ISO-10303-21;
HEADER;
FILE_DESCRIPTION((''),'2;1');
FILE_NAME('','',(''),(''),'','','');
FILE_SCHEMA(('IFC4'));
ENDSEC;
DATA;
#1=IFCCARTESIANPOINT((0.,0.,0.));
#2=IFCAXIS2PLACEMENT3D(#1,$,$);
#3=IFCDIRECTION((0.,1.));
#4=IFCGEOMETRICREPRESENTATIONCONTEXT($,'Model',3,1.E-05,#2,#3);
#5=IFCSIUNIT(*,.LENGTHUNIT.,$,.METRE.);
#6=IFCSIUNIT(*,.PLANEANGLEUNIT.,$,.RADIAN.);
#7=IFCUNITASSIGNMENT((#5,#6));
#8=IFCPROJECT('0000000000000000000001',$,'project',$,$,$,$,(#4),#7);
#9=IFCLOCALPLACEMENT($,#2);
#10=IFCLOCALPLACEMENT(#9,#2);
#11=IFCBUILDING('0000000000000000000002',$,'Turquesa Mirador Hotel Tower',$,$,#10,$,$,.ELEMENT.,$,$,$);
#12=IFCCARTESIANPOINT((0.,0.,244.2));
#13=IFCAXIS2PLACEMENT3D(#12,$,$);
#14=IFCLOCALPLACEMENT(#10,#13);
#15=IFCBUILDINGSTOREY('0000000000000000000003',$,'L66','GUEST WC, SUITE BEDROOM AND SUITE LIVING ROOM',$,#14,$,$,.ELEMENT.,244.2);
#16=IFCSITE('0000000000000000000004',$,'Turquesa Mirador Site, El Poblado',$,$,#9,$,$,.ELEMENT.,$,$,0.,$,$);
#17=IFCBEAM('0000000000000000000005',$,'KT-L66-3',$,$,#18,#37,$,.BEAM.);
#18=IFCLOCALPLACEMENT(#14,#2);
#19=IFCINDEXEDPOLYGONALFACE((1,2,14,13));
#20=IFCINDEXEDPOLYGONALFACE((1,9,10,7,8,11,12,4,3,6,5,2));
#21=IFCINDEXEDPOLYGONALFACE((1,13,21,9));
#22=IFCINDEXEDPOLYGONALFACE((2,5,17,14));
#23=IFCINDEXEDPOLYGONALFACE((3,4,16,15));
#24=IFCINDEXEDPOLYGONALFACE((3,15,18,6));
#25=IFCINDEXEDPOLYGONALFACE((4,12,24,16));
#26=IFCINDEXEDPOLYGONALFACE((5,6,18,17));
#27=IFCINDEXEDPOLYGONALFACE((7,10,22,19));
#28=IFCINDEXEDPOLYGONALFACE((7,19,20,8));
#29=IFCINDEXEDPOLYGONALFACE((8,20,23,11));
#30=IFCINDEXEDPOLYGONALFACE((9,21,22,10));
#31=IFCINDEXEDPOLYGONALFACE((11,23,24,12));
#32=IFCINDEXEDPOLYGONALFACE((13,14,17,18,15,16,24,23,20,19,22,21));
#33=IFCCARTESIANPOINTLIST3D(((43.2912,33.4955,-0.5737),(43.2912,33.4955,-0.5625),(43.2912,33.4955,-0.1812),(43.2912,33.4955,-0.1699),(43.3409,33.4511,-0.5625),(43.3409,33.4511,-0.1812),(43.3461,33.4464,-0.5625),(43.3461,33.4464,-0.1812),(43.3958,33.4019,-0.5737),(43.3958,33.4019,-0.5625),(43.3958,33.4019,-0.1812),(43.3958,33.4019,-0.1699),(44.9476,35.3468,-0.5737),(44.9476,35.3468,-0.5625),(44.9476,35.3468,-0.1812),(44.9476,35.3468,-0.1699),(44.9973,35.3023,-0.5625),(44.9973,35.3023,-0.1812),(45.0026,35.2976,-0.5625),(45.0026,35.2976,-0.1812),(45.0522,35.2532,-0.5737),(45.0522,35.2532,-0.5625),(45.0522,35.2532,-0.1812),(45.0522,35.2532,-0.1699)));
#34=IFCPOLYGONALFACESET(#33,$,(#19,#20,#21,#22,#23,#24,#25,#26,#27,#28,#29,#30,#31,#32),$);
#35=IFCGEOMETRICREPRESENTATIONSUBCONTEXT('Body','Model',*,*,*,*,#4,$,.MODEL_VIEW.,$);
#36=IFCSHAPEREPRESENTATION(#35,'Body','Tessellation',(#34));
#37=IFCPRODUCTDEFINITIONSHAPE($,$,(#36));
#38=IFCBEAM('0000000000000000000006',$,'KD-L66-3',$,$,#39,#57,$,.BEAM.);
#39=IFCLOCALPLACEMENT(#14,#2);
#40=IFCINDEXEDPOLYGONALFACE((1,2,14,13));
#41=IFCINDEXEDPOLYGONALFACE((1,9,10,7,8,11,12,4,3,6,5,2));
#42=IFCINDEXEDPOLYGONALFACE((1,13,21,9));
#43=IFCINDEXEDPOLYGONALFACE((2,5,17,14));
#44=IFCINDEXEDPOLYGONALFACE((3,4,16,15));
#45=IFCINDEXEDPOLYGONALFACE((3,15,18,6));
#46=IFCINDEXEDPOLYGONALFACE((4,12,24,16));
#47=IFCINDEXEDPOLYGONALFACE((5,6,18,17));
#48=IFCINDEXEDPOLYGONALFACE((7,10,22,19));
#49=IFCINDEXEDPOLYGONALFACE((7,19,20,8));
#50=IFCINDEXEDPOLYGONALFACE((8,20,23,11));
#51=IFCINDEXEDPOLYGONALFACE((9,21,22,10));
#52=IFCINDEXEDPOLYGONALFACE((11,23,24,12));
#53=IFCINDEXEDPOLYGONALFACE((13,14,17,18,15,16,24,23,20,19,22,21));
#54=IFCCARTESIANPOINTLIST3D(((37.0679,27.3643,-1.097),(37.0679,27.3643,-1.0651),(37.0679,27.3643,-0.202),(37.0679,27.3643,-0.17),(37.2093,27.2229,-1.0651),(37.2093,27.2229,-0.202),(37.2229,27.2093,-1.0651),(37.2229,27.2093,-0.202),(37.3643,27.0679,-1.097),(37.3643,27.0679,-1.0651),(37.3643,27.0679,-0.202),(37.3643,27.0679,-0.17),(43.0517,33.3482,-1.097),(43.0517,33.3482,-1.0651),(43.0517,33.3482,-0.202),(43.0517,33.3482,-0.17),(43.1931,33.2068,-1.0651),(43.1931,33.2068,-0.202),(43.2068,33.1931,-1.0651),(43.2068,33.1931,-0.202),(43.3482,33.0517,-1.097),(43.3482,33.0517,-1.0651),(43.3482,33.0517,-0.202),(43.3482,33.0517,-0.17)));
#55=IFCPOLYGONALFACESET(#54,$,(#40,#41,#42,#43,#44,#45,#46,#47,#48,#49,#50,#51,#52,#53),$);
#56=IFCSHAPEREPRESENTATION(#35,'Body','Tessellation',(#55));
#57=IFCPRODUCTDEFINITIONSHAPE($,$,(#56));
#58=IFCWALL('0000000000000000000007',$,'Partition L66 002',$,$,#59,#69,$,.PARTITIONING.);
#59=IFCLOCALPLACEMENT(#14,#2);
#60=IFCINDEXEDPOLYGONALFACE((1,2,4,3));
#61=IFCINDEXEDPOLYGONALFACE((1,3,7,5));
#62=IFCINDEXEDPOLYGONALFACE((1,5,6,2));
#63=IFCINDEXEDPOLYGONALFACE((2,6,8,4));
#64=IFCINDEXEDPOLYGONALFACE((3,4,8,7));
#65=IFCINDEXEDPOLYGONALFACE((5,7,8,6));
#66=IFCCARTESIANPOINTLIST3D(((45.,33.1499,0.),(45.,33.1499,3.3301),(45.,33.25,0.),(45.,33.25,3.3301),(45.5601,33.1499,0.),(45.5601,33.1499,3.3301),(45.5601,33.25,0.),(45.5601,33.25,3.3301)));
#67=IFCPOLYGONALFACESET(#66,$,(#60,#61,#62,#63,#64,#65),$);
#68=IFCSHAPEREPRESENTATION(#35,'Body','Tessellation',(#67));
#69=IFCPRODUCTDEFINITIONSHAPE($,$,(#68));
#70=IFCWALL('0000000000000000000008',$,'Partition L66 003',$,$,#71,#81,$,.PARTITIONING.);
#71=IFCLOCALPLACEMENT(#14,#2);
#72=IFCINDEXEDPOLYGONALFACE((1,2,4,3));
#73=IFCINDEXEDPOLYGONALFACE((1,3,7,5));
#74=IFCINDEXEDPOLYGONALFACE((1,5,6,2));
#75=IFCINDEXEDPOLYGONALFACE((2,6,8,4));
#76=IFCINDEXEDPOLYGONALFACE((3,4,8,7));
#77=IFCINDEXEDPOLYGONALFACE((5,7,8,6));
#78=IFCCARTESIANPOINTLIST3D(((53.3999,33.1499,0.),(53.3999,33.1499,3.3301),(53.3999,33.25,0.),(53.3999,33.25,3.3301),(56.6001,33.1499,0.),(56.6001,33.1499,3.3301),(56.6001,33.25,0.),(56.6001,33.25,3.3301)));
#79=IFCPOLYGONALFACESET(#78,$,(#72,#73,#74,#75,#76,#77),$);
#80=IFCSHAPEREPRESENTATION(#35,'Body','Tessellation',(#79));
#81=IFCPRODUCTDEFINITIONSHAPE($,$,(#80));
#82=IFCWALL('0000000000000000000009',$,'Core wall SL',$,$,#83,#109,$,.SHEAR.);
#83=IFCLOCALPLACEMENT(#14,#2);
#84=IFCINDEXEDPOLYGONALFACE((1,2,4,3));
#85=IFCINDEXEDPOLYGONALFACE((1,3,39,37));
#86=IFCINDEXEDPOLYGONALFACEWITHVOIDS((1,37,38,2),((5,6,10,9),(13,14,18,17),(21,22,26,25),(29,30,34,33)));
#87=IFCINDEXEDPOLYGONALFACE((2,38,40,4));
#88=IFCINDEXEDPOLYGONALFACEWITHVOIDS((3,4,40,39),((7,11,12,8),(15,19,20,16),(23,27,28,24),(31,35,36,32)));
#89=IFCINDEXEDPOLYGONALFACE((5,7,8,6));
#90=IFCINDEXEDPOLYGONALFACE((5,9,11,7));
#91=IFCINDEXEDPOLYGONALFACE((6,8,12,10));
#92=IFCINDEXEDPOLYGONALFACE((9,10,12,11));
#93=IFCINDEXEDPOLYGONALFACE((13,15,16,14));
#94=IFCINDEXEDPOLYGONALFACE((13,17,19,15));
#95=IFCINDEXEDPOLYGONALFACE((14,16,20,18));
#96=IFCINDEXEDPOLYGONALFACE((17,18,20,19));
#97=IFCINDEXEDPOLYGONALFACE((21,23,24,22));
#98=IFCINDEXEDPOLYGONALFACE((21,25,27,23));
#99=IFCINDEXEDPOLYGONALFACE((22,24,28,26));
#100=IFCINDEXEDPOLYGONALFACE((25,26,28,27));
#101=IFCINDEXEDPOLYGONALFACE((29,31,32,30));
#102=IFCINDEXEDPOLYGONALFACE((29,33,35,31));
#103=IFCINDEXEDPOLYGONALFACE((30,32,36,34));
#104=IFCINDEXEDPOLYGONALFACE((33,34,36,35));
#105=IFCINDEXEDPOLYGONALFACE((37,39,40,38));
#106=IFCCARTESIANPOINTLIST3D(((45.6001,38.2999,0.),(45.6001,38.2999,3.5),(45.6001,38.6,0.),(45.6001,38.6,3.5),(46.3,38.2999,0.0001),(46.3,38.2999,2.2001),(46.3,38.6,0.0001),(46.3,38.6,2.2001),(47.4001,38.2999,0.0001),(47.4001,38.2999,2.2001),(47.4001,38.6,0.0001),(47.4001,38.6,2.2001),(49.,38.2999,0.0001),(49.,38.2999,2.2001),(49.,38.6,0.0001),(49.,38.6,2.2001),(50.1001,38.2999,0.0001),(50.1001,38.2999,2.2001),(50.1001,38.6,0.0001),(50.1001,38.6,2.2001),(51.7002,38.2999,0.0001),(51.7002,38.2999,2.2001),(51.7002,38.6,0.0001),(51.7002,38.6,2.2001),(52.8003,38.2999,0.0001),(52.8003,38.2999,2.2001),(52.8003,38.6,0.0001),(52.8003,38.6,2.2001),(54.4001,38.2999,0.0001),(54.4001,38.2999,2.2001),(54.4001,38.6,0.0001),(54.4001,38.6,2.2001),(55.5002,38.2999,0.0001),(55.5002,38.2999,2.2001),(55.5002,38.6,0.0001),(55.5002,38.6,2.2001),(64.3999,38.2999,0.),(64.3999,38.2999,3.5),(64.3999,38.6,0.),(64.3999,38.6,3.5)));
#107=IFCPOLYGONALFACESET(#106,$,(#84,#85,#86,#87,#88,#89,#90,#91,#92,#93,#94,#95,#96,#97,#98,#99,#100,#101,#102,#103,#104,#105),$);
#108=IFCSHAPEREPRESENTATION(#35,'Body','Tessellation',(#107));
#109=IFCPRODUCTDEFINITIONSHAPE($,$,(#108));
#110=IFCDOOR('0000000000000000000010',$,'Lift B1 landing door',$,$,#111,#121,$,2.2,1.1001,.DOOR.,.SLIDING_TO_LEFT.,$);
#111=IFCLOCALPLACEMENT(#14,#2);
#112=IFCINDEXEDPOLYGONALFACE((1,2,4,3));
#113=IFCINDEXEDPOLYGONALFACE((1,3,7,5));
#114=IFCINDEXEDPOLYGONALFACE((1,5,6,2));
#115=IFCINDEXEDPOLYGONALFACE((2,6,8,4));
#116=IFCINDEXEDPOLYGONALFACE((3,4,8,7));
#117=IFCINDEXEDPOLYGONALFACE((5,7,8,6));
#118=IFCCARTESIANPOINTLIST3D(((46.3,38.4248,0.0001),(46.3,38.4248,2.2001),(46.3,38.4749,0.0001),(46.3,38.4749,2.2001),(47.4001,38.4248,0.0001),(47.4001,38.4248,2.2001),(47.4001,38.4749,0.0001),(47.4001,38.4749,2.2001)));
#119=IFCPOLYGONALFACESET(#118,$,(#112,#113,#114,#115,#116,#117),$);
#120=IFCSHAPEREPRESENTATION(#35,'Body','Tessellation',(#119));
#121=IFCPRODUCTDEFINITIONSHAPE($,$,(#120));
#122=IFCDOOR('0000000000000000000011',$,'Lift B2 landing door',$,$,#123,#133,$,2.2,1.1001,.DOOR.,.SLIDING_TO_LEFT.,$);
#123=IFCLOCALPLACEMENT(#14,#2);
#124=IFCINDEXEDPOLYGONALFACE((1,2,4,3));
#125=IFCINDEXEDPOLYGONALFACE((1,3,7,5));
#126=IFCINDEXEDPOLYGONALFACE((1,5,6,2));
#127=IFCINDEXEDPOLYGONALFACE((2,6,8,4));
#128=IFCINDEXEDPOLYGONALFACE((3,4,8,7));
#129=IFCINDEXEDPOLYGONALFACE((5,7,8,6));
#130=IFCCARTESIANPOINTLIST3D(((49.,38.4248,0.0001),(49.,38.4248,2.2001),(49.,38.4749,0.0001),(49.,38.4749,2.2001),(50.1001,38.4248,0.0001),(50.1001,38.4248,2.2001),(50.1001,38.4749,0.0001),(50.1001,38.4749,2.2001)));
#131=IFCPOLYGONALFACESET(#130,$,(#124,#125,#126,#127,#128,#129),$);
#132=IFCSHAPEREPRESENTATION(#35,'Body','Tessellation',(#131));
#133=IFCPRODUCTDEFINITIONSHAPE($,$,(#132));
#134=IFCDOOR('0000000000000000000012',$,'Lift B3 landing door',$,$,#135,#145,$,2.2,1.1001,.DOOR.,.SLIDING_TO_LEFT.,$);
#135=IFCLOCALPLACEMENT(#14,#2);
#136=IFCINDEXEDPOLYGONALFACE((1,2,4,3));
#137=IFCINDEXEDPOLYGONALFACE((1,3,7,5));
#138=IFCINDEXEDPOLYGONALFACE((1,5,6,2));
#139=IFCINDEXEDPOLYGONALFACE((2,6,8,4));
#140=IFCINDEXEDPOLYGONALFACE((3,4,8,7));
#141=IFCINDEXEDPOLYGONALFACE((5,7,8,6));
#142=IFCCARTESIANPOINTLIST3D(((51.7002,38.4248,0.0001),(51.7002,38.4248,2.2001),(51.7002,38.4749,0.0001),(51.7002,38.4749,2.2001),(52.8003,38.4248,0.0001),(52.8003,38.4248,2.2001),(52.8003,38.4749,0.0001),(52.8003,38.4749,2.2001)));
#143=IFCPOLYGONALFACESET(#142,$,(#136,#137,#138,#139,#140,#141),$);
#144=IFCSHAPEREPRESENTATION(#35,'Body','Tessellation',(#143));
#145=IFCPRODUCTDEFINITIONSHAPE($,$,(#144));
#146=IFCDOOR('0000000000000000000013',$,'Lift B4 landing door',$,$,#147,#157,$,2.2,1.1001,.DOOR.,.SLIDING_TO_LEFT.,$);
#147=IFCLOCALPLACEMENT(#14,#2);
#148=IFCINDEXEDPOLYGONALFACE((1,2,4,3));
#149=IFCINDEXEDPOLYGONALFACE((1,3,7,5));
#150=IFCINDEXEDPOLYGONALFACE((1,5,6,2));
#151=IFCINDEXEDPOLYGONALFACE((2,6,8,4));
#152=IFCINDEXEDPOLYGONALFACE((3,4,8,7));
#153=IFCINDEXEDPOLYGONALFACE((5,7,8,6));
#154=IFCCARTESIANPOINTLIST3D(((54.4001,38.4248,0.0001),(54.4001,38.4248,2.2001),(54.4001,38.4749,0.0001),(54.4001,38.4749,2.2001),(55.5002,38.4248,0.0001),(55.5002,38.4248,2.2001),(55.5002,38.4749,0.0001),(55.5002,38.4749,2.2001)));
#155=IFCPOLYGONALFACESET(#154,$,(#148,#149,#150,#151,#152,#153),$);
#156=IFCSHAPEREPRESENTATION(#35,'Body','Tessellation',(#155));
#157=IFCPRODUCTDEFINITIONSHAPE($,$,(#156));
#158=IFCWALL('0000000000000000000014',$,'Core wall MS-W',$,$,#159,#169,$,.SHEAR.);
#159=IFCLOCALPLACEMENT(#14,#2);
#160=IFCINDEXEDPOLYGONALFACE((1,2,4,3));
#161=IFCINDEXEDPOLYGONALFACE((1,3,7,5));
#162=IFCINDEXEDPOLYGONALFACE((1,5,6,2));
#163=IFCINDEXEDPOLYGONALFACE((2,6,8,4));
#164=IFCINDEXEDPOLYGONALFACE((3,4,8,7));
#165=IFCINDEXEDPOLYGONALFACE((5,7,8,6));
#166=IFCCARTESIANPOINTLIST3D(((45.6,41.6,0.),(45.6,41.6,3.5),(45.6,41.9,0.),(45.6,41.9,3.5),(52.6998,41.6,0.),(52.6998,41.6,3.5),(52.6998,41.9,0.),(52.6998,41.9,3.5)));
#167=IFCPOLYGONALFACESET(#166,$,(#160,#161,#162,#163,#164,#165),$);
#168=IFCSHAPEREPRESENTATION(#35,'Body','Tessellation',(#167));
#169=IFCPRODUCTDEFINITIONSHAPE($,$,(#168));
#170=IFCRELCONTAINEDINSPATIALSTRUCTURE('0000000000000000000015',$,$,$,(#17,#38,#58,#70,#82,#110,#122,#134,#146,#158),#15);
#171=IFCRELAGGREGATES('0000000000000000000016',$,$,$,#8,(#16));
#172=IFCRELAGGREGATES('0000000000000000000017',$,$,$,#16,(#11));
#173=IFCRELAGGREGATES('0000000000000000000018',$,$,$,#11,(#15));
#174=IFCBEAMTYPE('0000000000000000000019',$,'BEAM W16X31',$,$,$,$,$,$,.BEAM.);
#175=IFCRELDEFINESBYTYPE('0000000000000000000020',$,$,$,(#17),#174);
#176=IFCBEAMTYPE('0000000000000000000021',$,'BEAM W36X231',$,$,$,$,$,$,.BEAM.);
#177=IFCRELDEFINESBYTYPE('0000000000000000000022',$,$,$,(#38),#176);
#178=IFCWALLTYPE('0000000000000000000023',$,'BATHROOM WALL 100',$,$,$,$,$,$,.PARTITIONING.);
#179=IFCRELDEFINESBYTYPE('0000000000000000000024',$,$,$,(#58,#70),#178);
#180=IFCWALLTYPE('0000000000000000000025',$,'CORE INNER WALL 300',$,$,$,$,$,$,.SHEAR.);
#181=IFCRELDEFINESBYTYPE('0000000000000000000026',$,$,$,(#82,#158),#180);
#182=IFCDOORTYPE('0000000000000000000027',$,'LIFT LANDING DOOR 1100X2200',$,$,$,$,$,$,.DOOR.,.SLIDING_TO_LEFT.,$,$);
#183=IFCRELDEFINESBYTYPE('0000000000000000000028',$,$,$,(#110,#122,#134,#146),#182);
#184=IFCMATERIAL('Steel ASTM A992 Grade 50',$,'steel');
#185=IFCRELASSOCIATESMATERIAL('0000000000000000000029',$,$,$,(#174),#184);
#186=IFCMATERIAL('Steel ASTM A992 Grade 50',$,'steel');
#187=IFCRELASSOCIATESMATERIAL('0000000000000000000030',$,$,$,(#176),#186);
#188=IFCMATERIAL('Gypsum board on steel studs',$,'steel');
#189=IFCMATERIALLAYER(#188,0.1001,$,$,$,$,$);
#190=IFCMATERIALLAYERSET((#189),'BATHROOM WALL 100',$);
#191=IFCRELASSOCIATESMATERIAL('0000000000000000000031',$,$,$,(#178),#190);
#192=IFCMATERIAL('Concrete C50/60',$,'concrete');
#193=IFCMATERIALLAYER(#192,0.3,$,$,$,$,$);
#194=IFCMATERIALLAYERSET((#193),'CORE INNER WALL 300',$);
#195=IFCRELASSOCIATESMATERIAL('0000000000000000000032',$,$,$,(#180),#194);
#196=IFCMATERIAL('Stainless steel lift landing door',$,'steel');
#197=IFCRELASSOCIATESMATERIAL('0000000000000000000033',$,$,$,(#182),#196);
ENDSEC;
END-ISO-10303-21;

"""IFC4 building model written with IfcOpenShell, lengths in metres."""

from ifc_helpers import new_model, si_unit, direction, frame, frame_2d, origin, origin_2d, place, context, subcontext, project, spatial, rectangle, i_section, extrude, material, layer, layer_set, material_profile, profile_set, type_object, element, fill, save


model = new_model("IFC4")

# Units and contexts
model_context = context("Model", 3, precision=1e-05, world=origin(), true_north=direction((0.0, 1.0)))
body_context = subcontext(model_context, "Body", "Model", "MODEL_VIEW")
ifc_project = project(units=[si_unit("LENGTHUNIT", "METRE"), si_unit("PLANEANGLEUNIT", "RADIAN")], contexts=[model_context])

# Site, building, storey
site_placement = place(None, origin())
site = spatial("IfcSite", under=ifc_project, at=site_placement, Name="Turquesa Mirador Site, El Poblado", CompositionType="ELEMENT", RefElevation=0.0)
building_placement = place(site_placement, origin())
building = spatial("IfcBuilding", under=site, at=building_placement, Name="Turquesa Mirador Hotel Tower", CompositionType="ELEMENT")
storey_placement = place(building_placement, frame((0.0, 0.0, 244.2)))
storey = spatial("IfcBuildingStorey", under=building, at=storey_placement, Name="L66", Description="GUEST WC, SUITE BEDROOM AND SUITE LIVING ROOM", CompositionType="ELEMENT", Elevation=244.2)

# Beams
ifc_material_1 = material(Name="Steel ASTM A992 Grade 50", Category="steel")
ifc_material_profile_1 = material_profile(ifc_material_1, i_section(OverallWidth=0.1404, OverallDepth=0.4038, WebThickness=0.0071, FlangeThickness=0.0112, at=origin_2d()), Name="W16X31")
ifc_profile_set_1 = profile_set([ifc_material_profile_1], Name="Steel ASTM A992 Grade 50")
beam_type_1 = type_object("IfcBeamType", Name="BEAM W16X31", PredefinedType="BEAM", material=ifc_profile_set_1)
beam_1_placement = place(storey_placement, frame((43.3435, 33.4487, -0.3718), z_axis=(0.666806, 0.745231, 0.0), x_axis=(-0.745231, 0.666806, 0.0)))
element("IfcBeam", 1, at=beam_1_placement, inside=storey, type_object=beam_type_1, Name="KT-L66-3", PredefinedType="BEAM", context=body_context, shape_type="SweptSolid", body=[
    extrude(i_section(OverallWidth=0.1404, OverallDepth=0.4038, WebThickness=0.0071, FlangeThickness=0.0112, at=origin_2d()), origin(), (0.0, 0.0, 1.0), 2.4841),
])
ifc_material_2 = material(Name="Steel ASTM A992 Grade 50", Category="steel")
ifc_material_profile_2 = material_profile(ifc_material_2, i_section(OverallWidth=0.4192, OverallDepth=0.927, WebThickness=0.0193, FlangeThickness=0.032, at=origin_2d()), Name="W36X231")
ifc_profile_set_2 = profile_set([ifc_material_profile_2], Name="Steel ASTM A992 Grade 50")
beam_type_2 = type_object("IfcBeamType", Name="BEAM W36X231", PredefinedType="BEAM", material=ifc_profile_set_2)
beam_2_placement = place(storey_placement, frame((43.2, 33.2, -0.6335), z_axis=(-0.707107, -0.707107, 0.0), x_axis=(0.707107, -0.707107, 0.0)))
element("IfcBeam", 2, at=beam_2_placement, inside=storey, type_object=beam_type_2, Name="KD-L66-3", PredefinedType="BEAM", context=body_context, shape_type="SweptSolid", body=[
    extrude(i_section(OverallWidth=0.4192, OverallDepth=0.927, WebThickness=0.0193, FlangeThickness=0.032, at=origin_2d()), origin(), (0.0, 0.0, 1.0), 8.4624),
])

# Walls
ifc_material_3 = material(Name="Gypsum board on steel studs", Category="steel")
ifc_layer_1 = layer(ifc_material_3, 0.1001)
ifc_layer_set_1 = layer_set([ifc_layer_1], Name="BATHROOM WALL 100")
wall_type_1 = type_object("IfcWallType", Name="BATHROOM WALL 100", PredefinedType="PARTITIONING", material=ifc_layer_set_1)
wall_1_placement = place(storey_placement, frame((45.0, 33.2, 0.0), z_axis=(0.0, 0.0, 1.0), x_axis=(1.0, 0.0, 0.0)))
element("IfcWall", 3, at=wall_1_placement, inside=storey, type_object=wall_type_1, Name="Partition L66 002", PredefinedType="PARTITIONING", context=body_context, shape_type="SweptSolid", body=[
    extrude(rectangle(XDim=0.5601, YDim=0.1001, at=frame_2d((0.28, 0.0))), origin(), (0.0, 0.0, 1.0), 3.3301),
])
wall_2_placement = place(storey_placement, frame((53.3999, 33.2, 0.0), z_axis=(0.0, 0.0, 1.0), x_axis=(1.0, 0.0, 0.0)))
element("IfcWall", 4, at=wall_2_placement, inside=storey, type_object=wall_type_1, Name="Partition L66 003", PredefinedType="PARTITIONING", context=body_context, shape_type="SweptSolid", body=[
    extrude(rectangle(XDim=3.2002, YDim=0.1001, at=frame_2d((1.6001, 0.0))), origin(), (0.0, 0.0, 1.0), 3.3301),
])

# Wall, openings, doors
ifc_material_4 = material(Name="Concrete C50/60", Category="concrete")
ifc_layer_2 = layer(ifc_material_4, 0.3)
ifc_layer_set_2 = layer_set([ifc_layer_2], Name="CORE INNER WALL 300")
wall_type_2 = type_object("IfcWallType", Name="CORE INNER WALL 300", PredefinedType="SHEAR", material=ifc_layer_set_2)
wall_3_placement = place(storey_placement, frame((45.6001, 38.45, 0.0), z_axis=(0.0, 0.0, 1.0), x_axis=(1.0, 0.0, 0.0)))
wall_3 = element("IfcWall", 5, at=wall_3_placement, inside=storey, type_object=wall_type_2, Name="Core wall SL", PredefinedType="SHEAR", context=body_context, shape_type="SweptSolid", body=[
    extrude(rectangle(XDim=18.7998, YDim=0.3, at=frame_2d((9.3999, 0.0))), origin(), (0.0, 0.0, 1.0), 3.5),
])
opening_1_placement = place(wall_3_placement, frame((0.7, 0.0, 0.0)))
opening_1 = element("IfcOpeningElement", 6, at=opening_1_placement, cuts=wall_3, PredefinedType="OPENING", context=body_context, shape_type="SweptSolid", body=[
    extrude(rectangle(XDim=1.1001, YDim=2.2, at=frame_2d((0.55, 1.1001))), frame((0.0, 0.1599, 0.0), z_axis=(0.0, -1.0, 0.0), x_axis=(1.0, 0.0, 0.0)), (0.0, 0.0, 1.0), 0.3201),
])
opening_2_placement = place(wall_3_placement, frame((3.3999, 0.0, 0.0)))
opening_2 = element("IfcOpeningElement", 7, at=opening_2_placement, cuts=wall_3, PredefinedType="OPENING", context=body_context, shape_type="SweptSolid", body=[
    extrude(rectangle(XDim=1.1001, YDim=2.2, at=frame_2d((0.55, 1.1001))), frame((0.0, 0.1599, 0.0), z_axis=(0.0, -1.0, 0.0), x_axis=(1.0, 0.0, 0.0)), (0.0, 0.0, 1.0), 0.3201),
])
opening_3_placement = place(wall_3_placement, frame((6.1001, 0.0, 0.0)))
opening_3 = element("IfcOpeningElement", 8, at=opening_3_placement, cuts=wall_3, PredefinedType="OPENING", context=body_context, shape_type="SweptSolid", body=[
    extrude(rectangle(XDim=1.1001, YDim=2.2, at=frame_2d((0.55, 1.1001))), frame((0.0, 0.1599, 0.0), z_axis=(0.0, -1.0, 0.0), x_axis=(1.0, 0.0, 0.0)), (0.0, 0.0, 1.0), 0.3201),
])
opening_4_placement = place(wall_3_placement, frame((8.8, 0.0, 0.0)))
opening_4 = element("IfcOpeningElement", 9, at=opening_4_placement, cuts=wall_3, PredefinedType="OPENING", context=body_context, shape_type="SweptSolid", body=[
    extrude(rectangle(XDim=1.1001, YDim=2.2, at=frame_2d((0.55, 1.1001))), frame((0.0, 0.1599, 0.0), z_axis=(0.0, -1.0, 0.0), x_axis=(1.0, 0.0, 0.0)), (0.0, 0.0, 1.0), 0.3201),
])
ifc_material_5 = material(Name="Stainless steel lift landing door", Category="steel")
door_type_1 = type_object("IfcDoorType", Name="LIFT LANDING DOOR 1100X2200", OperationType="SLIDING_TO_LEFT", PredefinedType="DOOR", material=ifc_material_5)
door_1_placement = place(opening_1_placement, origin())
door_1 = element("IfcDoor", 10, at=door_1_placement, inside=storey, type_object=door_type_1, Name="Lift B1 landing door", OperationType="SLIDING_TO_LEFT", OverallHeight=2.2, OverallWidth=1.1001, PredefinedType="DOOR", context=body_context, shape_type="SweptSolid", body=[
    extrude(rectangle(XDim=1.1001, YDim=2.2, at=frame_2d((0.55, 1.1001))), frame((0.0, 0.0249, 0.0), z_axis=(0.0, -1.0, 0.0), x_axis=(1.0, 0.0, 0.0)), (0.0, 0.0, 1.0), 0.05),
])
fill(opening_1, door_1)
door_2_placement = place(opening_2_placement, origin())
door_2 = element("IfcDoor", 11, at=door_2_placement, inside=storey, type_object=door_type_1, Name="Lift B2 landing door", OperationType="SLIDING_TO_LEFT", OverallHeight=2.2, OverallWidth=1.1001, PredefinedType="DOOR", context=body_context, shape_type="SweptSolid", body=[
    extrude(rectangle(XDim=1.1001, YDim=2.2, at=frame_2d((0.55, 1.1001))), frame((0.0, 0.0249, 0.0), z_axis=(0.0, -1.0, 0.0), x_axis=(1.0, 0.0, 0.0)), (0.0, 0.0, 1.0), 0.05),
])
fill(opening_2, door_2)
door_3_placement = place(opening_3_placement, origin())
door_3 = element("IfcDoor", 12, at=door_3_placement, inside=storey, type_object=door_type_1, Name="Lift B3 landing door", OperationType="SLIDING_TO_LEFT", OverallHeight=2.2, OverallWidth=1.1001, PredefinedType="DOOR", context=body_context, shape_type="SweptSolid", body=[
    extrude(rectangle(XDim=1.1001, YDim=2.2, at=frame_2d((0.55, 1.1001))), frame((0.0, 0.0249, 0.0), z_axis=(0.0, -1.0, 0.0), x_axis=(1.0, 0.0, 0.0)), (0.0, 0.0, 1.0), 0.05),
])
fill(opening_3, door_3)
door_4_placement = place(opening_4_placement, origin())
door_4 = element("IfcDoor", 13, at=door_4_placement, inside=storey, type_object=door_type_1, Name="Lift B4 landing door", OperationType="SLIDING_TO_LEFT", OverallHeight=2.2, OverallWidth=1.1001, PredefinedType="DOOR", context=body_context, shape_type="SweptSolid", body=[
    extrude(rectangle(XDim=1.1001, YDim=2.2, at=frame_2d((0.55, 1.1001))), frame((0.0, 0.0249, 0.0), z_axis=(0.0, -1.0, 0.0), x_axis=(1.0, 0.0, 0.0)), (0.0, 0.0, 1.0), 0.05),
])
fill(opening_4, door_4)

# Wall
wall_4_placement = place(storey_placement, frame((45.6001, 41.75, 0.0), z_axis=(0.0, 0.0, 1.0), x_axis=(1.0, 0.0, 0.0)))
element("IfcWall", 14, at=wall_4_placement, inside=storey, type_object=wall_type_2, Name="Core wall MS-W", PredefinedType="SHEAR", context=body_context, shape_type="SweptSolid", body=[
    extrude(rectangle(XDim=7.0999, YDim=0.3, at=frame_2d((3.5498, 0.0))), origin(), (0.0, 0.0, 1.0), 3.5),
])

save(model, "model.ifc")
